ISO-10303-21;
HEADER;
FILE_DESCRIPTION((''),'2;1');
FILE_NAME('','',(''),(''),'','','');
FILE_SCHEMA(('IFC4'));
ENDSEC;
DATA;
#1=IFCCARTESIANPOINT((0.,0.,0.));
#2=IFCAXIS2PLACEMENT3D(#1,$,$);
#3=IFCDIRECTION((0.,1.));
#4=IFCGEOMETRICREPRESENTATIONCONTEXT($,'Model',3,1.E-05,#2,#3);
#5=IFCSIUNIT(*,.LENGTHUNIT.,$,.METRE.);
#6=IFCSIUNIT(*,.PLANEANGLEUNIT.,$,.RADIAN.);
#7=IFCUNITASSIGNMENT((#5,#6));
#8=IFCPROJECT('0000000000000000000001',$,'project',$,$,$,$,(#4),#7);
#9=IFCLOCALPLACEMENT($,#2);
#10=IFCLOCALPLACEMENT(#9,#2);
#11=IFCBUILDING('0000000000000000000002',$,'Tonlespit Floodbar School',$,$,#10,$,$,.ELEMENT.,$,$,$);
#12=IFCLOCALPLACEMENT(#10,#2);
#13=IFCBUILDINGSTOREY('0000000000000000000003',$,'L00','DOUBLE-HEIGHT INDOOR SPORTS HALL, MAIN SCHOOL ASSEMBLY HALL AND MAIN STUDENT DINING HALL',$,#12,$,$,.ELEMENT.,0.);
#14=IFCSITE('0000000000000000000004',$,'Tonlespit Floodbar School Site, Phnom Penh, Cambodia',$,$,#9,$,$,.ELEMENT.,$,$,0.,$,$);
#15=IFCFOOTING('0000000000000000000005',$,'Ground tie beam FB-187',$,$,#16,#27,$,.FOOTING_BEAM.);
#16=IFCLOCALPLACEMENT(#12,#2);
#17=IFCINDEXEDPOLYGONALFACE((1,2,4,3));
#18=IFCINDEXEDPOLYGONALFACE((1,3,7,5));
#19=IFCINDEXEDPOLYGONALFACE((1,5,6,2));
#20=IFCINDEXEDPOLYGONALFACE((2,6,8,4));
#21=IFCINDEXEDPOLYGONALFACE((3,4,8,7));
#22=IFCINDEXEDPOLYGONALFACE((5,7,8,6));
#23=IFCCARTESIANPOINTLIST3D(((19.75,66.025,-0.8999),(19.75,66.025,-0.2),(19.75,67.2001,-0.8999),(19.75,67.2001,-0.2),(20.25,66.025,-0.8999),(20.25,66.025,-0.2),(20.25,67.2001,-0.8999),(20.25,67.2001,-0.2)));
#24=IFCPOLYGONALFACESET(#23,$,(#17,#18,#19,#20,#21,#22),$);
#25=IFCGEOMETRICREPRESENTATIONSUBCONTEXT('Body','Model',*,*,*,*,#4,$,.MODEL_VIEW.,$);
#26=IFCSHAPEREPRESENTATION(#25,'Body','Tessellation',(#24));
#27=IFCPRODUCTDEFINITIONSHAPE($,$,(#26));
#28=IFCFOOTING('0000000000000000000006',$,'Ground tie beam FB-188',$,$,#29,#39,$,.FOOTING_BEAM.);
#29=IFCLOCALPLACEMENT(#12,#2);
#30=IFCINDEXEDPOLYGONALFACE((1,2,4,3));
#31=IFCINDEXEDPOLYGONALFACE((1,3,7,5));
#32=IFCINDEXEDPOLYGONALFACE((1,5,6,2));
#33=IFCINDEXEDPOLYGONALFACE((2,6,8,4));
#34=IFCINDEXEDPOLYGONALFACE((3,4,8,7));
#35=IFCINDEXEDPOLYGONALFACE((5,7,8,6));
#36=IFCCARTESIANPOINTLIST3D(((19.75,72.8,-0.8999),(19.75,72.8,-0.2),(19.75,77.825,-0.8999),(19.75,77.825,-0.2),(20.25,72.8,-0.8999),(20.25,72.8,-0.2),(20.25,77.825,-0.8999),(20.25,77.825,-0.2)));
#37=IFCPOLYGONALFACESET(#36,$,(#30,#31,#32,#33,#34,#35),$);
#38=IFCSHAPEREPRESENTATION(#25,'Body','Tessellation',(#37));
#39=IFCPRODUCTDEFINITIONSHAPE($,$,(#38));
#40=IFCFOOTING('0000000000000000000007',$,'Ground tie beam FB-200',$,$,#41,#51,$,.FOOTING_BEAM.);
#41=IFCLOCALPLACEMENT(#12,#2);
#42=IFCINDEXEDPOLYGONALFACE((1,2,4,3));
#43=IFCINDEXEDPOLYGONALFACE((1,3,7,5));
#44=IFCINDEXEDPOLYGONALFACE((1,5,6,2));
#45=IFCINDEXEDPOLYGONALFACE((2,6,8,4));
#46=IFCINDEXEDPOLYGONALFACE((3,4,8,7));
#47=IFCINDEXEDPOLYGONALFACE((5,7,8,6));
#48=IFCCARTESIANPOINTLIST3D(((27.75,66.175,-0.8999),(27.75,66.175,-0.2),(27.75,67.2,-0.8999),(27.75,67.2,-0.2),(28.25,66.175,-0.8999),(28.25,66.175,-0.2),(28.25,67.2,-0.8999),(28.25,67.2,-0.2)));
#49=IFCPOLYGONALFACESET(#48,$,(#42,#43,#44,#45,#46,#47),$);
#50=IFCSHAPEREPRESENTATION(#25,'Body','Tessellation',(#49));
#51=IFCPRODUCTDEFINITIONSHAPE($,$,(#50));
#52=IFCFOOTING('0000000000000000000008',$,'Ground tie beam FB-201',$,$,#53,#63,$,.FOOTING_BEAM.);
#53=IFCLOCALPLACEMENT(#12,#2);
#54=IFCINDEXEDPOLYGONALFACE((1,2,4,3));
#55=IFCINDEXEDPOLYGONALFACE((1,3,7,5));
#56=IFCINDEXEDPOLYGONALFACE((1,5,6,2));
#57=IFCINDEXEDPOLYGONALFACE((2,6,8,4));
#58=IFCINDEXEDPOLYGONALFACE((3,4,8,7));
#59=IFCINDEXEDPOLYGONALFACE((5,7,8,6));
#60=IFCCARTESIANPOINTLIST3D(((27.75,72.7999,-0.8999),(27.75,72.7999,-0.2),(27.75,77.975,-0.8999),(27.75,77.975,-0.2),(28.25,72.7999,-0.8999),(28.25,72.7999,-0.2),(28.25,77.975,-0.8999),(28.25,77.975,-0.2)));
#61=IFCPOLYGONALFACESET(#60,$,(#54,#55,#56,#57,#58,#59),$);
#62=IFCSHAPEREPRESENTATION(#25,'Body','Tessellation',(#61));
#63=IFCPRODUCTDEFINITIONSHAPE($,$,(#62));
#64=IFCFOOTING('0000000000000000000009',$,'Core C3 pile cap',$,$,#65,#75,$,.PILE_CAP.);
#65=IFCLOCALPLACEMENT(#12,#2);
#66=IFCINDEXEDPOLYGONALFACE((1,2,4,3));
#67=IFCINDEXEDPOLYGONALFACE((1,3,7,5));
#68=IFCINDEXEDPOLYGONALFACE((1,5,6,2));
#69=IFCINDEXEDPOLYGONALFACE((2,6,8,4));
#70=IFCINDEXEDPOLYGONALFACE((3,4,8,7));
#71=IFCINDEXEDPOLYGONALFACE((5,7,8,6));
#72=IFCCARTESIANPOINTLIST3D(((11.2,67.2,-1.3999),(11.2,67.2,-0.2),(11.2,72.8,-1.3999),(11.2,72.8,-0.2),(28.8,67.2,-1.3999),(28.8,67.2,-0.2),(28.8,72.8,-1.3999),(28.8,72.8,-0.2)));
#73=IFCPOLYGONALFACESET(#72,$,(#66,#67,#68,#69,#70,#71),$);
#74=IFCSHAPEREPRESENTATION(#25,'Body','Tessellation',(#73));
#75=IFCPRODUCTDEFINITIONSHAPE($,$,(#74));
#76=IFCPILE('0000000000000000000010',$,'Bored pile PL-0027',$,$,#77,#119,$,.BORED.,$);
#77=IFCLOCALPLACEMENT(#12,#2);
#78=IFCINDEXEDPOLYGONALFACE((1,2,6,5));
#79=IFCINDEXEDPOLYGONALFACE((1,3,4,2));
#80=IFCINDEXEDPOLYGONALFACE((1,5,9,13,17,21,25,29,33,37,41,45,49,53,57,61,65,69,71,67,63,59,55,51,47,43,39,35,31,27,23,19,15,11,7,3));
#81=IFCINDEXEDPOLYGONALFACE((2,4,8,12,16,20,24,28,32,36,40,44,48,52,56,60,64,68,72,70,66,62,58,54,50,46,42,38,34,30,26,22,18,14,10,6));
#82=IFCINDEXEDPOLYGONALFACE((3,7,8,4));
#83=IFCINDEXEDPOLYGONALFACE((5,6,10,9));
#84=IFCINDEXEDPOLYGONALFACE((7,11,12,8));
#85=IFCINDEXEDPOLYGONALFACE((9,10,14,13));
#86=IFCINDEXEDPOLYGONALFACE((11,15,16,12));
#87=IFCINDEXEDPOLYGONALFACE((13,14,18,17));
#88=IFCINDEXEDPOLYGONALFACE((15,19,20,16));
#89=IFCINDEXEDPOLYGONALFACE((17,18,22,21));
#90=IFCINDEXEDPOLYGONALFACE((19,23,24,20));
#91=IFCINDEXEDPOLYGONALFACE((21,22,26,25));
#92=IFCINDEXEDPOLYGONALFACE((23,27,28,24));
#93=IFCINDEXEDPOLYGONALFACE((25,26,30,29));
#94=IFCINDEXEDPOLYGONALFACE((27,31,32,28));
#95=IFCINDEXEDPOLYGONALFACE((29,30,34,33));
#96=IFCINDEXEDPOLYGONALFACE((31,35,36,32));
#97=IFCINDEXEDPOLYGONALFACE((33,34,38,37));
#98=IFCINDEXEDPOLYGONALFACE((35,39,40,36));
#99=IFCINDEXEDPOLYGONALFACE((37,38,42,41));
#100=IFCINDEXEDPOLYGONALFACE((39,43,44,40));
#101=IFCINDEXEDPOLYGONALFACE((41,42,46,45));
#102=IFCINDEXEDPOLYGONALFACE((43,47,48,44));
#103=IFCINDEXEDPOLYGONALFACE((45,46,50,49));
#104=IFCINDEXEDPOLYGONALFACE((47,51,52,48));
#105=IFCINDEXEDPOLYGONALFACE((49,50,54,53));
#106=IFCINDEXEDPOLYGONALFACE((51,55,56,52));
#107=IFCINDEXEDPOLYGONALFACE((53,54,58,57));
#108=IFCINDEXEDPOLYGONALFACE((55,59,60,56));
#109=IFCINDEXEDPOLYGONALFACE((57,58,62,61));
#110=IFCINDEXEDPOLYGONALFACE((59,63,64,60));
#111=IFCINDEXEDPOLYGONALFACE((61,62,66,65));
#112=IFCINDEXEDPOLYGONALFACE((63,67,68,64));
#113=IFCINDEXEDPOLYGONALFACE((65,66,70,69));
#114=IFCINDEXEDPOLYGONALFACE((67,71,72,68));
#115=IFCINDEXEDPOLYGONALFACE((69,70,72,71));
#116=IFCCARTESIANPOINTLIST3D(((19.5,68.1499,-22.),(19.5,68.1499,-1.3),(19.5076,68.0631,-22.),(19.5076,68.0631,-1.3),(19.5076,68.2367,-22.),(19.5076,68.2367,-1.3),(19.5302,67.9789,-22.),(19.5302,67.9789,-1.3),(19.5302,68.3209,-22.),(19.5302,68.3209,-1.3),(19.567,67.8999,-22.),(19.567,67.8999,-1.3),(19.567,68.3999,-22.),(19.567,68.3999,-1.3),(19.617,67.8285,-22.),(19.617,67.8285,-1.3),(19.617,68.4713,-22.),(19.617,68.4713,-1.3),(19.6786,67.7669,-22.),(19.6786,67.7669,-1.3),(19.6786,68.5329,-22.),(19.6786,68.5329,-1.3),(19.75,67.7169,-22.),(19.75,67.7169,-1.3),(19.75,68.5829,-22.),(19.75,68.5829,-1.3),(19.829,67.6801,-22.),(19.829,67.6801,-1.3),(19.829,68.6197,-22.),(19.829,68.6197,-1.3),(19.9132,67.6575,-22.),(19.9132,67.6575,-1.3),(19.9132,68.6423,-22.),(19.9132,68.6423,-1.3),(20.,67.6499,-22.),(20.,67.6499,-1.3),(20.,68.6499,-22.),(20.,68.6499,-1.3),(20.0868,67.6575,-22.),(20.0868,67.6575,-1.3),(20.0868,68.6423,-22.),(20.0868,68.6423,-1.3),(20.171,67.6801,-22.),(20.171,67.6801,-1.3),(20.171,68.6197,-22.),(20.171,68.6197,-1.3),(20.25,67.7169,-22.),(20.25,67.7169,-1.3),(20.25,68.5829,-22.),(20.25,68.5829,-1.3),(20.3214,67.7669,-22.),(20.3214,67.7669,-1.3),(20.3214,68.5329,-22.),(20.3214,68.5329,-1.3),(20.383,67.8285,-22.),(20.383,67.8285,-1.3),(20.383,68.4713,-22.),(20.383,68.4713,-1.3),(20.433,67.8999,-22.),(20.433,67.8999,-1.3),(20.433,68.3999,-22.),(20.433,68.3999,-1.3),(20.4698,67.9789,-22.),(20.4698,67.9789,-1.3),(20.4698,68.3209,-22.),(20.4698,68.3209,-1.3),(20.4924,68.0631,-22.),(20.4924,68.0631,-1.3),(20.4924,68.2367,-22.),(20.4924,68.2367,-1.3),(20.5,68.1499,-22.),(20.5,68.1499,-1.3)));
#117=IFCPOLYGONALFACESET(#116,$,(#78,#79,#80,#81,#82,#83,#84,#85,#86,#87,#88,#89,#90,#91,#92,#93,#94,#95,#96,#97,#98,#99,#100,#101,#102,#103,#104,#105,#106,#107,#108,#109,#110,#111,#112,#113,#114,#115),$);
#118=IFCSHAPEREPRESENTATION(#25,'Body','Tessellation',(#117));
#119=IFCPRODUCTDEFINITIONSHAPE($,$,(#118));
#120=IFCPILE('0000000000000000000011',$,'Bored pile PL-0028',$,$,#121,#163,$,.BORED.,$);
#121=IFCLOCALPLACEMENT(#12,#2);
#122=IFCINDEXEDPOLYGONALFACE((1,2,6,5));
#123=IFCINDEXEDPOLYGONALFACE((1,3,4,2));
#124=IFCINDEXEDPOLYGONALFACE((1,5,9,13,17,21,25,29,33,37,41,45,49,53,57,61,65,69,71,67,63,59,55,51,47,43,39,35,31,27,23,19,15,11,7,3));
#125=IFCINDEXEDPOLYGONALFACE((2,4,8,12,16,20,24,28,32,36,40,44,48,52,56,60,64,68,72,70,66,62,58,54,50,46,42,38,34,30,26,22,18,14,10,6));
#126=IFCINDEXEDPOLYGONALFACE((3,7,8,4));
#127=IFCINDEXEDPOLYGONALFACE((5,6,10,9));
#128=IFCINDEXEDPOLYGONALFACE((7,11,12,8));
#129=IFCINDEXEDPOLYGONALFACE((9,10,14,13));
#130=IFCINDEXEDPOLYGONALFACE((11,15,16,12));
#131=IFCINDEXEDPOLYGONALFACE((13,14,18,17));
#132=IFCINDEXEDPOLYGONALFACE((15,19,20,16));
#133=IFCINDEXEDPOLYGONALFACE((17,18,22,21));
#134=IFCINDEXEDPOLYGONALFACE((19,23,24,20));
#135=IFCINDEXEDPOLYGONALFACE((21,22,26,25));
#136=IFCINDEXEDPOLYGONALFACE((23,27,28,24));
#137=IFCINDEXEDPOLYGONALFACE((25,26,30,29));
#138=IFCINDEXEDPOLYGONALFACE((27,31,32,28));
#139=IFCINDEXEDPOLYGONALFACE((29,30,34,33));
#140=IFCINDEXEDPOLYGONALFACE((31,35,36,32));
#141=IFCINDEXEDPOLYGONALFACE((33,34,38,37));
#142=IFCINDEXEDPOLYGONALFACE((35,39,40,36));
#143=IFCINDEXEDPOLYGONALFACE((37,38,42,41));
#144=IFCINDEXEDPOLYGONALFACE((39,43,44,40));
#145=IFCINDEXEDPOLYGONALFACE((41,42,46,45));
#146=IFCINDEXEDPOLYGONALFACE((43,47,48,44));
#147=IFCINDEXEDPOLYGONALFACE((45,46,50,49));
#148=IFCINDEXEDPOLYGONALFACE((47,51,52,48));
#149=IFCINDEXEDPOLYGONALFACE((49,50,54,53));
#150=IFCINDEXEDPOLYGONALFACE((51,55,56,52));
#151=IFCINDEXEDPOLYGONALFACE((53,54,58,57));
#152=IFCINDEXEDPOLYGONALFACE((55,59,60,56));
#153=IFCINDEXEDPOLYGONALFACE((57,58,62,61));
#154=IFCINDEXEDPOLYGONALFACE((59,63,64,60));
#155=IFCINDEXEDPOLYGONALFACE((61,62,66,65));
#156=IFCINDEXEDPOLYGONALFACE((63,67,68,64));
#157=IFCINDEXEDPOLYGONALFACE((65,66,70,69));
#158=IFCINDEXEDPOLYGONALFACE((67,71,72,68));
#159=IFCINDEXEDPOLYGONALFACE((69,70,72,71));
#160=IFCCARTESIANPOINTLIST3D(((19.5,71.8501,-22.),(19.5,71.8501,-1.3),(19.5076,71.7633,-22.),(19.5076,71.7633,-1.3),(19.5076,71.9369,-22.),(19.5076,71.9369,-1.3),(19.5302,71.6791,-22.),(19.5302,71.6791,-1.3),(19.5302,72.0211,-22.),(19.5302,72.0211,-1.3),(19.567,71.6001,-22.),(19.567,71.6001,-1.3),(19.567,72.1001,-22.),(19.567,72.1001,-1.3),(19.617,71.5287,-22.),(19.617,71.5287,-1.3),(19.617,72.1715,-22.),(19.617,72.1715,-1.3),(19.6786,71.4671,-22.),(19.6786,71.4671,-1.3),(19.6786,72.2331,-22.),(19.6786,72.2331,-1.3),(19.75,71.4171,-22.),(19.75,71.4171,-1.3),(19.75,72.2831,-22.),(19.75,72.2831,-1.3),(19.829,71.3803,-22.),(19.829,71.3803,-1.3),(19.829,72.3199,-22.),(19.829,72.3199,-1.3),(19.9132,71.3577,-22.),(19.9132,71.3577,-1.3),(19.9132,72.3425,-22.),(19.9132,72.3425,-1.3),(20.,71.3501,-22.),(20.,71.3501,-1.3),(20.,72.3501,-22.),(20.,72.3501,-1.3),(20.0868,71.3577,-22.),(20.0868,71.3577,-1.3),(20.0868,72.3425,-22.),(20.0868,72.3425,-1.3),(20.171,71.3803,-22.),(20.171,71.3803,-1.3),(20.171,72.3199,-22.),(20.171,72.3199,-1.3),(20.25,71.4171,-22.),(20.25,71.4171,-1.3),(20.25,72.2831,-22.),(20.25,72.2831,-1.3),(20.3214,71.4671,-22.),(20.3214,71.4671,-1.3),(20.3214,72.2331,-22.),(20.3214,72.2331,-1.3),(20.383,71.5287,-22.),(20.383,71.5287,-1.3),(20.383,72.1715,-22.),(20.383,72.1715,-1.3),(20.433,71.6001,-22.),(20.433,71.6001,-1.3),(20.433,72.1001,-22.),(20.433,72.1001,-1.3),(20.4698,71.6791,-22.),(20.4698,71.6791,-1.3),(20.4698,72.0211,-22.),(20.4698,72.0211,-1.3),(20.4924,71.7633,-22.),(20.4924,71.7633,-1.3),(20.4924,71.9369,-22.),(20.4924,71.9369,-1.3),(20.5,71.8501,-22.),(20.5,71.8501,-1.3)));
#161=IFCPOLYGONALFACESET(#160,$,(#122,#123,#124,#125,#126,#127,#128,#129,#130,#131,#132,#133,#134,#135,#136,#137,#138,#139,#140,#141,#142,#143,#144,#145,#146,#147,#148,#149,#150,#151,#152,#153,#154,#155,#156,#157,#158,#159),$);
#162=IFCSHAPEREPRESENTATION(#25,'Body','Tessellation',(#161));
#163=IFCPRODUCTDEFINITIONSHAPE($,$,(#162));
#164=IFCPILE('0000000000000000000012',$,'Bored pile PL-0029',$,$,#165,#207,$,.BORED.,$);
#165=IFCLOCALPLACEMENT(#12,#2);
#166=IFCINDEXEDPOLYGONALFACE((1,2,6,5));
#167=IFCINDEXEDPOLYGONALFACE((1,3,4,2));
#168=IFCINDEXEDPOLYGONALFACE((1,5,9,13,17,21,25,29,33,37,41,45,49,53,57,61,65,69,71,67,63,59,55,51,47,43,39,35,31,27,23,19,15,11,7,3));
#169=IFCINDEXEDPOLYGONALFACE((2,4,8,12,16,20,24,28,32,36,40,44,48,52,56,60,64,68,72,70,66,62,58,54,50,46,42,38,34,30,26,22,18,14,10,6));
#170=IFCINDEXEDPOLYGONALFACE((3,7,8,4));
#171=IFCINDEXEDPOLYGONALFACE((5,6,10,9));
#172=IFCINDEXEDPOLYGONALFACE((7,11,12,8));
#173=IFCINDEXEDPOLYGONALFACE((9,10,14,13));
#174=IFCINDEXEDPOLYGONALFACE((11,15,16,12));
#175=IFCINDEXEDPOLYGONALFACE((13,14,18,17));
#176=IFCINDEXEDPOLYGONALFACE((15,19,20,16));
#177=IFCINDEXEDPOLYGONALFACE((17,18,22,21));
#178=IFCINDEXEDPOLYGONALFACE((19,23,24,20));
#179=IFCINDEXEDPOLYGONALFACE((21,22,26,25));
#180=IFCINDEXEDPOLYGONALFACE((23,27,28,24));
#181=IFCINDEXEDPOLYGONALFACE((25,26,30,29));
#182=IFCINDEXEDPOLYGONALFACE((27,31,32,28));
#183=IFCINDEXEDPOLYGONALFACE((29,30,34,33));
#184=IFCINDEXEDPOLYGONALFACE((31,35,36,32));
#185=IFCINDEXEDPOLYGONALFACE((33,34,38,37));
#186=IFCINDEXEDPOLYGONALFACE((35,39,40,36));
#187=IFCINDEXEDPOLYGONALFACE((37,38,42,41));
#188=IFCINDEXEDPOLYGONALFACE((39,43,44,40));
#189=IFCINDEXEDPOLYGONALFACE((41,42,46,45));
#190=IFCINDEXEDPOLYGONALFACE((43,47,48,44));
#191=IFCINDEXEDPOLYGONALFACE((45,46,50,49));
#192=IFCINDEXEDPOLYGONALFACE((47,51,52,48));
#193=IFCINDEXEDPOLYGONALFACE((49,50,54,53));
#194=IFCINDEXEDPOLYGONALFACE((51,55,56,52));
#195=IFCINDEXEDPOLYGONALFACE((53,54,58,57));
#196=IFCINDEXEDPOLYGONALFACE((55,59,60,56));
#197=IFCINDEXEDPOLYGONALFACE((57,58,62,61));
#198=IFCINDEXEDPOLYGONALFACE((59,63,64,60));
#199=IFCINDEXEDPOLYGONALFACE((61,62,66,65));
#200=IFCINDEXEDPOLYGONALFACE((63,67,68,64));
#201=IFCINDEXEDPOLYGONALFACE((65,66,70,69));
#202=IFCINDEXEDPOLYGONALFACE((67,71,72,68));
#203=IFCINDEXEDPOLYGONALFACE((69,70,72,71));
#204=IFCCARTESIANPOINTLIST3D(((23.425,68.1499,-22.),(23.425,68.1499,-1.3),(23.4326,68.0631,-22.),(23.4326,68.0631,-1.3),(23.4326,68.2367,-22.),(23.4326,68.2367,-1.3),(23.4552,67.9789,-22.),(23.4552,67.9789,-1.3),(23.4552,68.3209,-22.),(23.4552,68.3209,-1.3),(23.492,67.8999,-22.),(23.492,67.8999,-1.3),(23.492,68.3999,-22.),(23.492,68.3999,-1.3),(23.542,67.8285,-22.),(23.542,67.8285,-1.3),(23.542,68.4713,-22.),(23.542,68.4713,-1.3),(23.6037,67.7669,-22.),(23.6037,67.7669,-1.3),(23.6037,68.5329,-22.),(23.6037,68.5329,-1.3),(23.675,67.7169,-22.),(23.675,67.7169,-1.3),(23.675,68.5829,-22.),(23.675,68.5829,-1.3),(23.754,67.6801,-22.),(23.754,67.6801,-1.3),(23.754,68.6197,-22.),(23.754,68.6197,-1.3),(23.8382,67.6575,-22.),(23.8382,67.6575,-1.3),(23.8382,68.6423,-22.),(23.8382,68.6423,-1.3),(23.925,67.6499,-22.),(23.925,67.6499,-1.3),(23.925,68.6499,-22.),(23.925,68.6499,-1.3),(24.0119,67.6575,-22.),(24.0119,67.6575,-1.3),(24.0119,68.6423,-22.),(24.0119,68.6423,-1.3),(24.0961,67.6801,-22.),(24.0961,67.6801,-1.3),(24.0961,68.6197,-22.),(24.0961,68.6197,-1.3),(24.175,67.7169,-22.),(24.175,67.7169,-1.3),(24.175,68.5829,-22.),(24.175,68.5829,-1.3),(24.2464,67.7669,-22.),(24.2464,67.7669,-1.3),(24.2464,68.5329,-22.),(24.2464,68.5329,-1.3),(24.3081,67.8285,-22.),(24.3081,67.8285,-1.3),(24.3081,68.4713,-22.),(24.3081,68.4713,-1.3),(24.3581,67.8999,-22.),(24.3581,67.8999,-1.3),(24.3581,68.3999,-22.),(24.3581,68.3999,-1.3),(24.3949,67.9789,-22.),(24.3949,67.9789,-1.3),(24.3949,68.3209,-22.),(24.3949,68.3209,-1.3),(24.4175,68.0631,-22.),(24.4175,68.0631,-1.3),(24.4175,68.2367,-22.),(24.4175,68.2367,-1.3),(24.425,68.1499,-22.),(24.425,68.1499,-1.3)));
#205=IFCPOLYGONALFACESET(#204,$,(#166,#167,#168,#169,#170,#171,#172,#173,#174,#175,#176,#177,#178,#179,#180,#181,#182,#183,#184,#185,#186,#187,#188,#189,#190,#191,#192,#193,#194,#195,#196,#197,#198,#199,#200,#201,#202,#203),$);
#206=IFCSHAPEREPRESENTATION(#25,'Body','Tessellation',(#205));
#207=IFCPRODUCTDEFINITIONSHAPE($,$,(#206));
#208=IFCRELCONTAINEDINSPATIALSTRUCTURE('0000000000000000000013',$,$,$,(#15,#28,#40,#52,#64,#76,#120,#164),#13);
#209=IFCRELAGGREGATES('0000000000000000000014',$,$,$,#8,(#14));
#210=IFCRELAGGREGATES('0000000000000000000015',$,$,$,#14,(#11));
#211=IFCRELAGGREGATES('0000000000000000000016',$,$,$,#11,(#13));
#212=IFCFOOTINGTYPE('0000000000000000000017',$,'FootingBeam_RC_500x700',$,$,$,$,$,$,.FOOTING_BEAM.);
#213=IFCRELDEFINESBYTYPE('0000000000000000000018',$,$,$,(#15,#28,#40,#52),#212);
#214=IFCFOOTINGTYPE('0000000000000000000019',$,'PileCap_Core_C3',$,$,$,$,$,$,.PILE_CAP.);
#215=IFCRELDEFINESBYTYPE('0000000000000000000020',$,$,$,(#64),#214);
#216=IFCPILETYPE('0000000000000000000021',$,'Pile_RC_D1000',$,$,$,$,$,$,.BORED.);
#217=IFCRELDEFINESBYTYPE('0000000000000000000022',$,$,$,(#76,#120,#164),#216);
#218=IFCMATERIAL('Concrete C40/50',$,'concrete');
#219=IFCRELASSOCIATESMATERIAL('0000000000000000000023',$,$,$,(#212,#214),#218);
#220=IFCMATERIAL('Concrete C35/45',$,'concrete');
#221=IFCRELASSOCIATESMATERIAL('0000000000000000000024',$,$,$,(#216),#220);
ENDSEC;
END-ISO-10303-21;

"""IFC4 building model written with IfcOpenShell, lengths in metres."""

from ifc_helpers import new_model, si_unit, direction, frame, origin, origin_2d, place, context, subcontext, project, spatial, rectangle, circle, extrude, material, material_profile, profile_set, type_object, element, save


model = new_model("IFC4")

# Units and contexts
model_context = context("Model", 3, precision=1e-05, world=origin(), true_north=direction((0.0, 1.0)))
body_context = subcontext(model_context, "Body", "Model", "MODEL_VIEW")
ifc_project = project(units=[si_unit("LENGTHUNIT", "METRE"), si_unit("PLANEANGLEUNIT", "RADIAN")], contexts=[model_context])

# Site, building, storey
site_placement = place(None, origin())
site = spatial("IfcSite", under=ifc_project, at=site_placement, Name="Tonlespit Floodbar School Site, Phnom Penh, Cambodia", CompositionType="ELEMENT", RefElevation=0.0)
building_placement = place(site_placement, origin())
building = spatial("IfcBuilding", under=site, at=building_placement, Name="Tonlespit Floodbar School", CompositionType="ELEMENT")
storey_placement = place(building_placement, origin())
storey = spatial("IfcBuildingStorey", under=building, at=storey_placement, Name="L00", Description="DOUBLE-HEIGHT INDOOR SPORTS HALL, MAIN SCHOOL ASSEMBLY HALL AND MAIN STUDENT DINING HALL", CompositionType="ELEMENT", Elevation=0.0)

# Footings
ifc_material_1 = material(Name="Concrete C40/50", Category="concrete")
footing_type_1 = type_object("IfcFootingType", Name="FootingBeam_RC_500x700", PredefinedType="FOOTING_BEAM", material=ifc_material_1)
footing_1_placement = place(storey_placement, frame((20.0, 66.6125, -0.8999), z_axis=(0.0, 0.0, 1.0), x_axis=(0.0, 1.0, 0.0)))
element("IfcFooting", 1, at=footing_1_placement, inside=storey, type_object=footing_type_1, Name="Ground tie beam FB-187", PredefinedType="FOOTING_BEAM", context=body_context, shape_type="SweptSolid", body=[
    extrude(rectangle(XDim=1.175, YDim=0.5, at=origin_2d()), origin(), (0.0, 0.0, 1.0), 0.7),
])
footing_2_placement = place(storey_placement, frame((20.0, 75.3125, -0.8999), z_axis=(0.0, 0.0, 1.0), x_axis=(0.0, 1.0, 0.0)))
element("IfcFooting", 2, at=footing_2_placement, inside=storey, type_object=footing_type_1, Name="Ground tie beam FB-188", PredefinedType="FOOTING_BEAM", context=body_context, shape_type="SweptSolid", body=[
    extrude(rectangle(XDim=5.0249, YDim=0.5, at=origin_2d()), origin(), (0.0, 0.0, 1.0), 0.7),
])
footing_3_placement = place(storey_placement, frame((28.0, 66.6875, -0.8999), z_axis=(0.0, 0.0, 1.0), x_axis=(0.0, 1.0, 0.0)))
element("IfcFooting", 3, at=footing_3_placement, inside=storey, type_object=footing_type_1, Name="Ground tie beam FB-200", PredefinedType="FOOTING_BEAM", context=body_context, shape_type="SweptSolid", body=[
    extrude(rectangle(XDim=1.0249, YDim=0.5, at=origin_2d()), origin(), (0.0, 0.0, 1.0), 0.7),
])
footing_4_placement = place(storey_placement, frame((28.0, 75.3875, -0.8999), z_axis=(0.0, 0.0, 1.0), x_axis=(0.0, 1.0, 0.0)))
element("IfcFooting", 4, at=footing_4_placement, inside=storey, type_object=footing_type_1, Name="Ground tie beam FB-201", PredefinedType="FOOTING_BEAM", context=body_context, shape_type="SweptSolid", body=[
    extrude(rectangle(XDim=5.175, YDim=0.5, at=origin_2d()), origin(), (0.0, 0.0, 1.0), 0.7),
])
footing_type_2 = type_object("IfcFootingType", Name="PileCap_Core_C3", PredefinedType="PILE_CAP", material=ifc_material_1)
footing_5_placement = place(storey_placement, frame((20.0, 70.0, -1.3999), z_axis=(0.0, 0.0, 1.0), x_axis=(1.0, 0.0, 0.0)))
element("IfcFooting", 5, at=footing_5_placement, inside=storey, type_object=footing_type_2, Name="Core C3 pile cap", PredefinedType="PILE_CAP", context=body_context, shape_type="SweptSolid", body=[
    extrude(rectangle(XDim=17.6001, YDim=5.6001, at=origin_2d()), origin(), (0.0, 0.0, 1.0), 1.2),
])

# Piles
ifc_material_2 = material(Name="Concrete C35/45", Category="concrete")
ifc_material_profile_1 = material_profile(ifc_material_2, circle(Radius=0.5, at=origin_2d()), Name="BP D1000")
ifc_profile_set_1 = profile_set([ifc_material_profile_1], Name="Concrete C35/45")
pile_type_1 = type_object("IfcPileType", Name="Pile_RC_D1000", PredefinedType="BORED", material=ifc_profile_set_1)
for number, where, z_axis, x_axis, name in (
    (6, (20.0, 68.1499, -1.3), (0.0, 0.0, -1.0), (1.0, 0.0, 0.0), "Bored pile PL-0027"),
    (7, (20.0, 71.8501, -1.3), (0.0, 0.0, -1.0), (1.0, 0.0, 0.0), "Bored pile PL-0028"),
    (8, (23.925, 68.1499, -1.3), (0.0, 0.0, -1.0), (1.0, 0.0, 0.0), "Bored pile PL-0029"),
):
    element("IfcPile", number, at=place(storey_placement, frame(where, z_axis=z_axis, x_axis=x_axis)), inside=storey, type_object=pile_type_1, Name=name, PredefinedType="BORED", context=body_context, shape_type="SweptSolid", body=[
        extrude(circle(Radius=0.5, at=origin_2d()), origin(), (0.0, 0.0, 1.0), 20.7),
    ])

save(model, "model.ifc")
